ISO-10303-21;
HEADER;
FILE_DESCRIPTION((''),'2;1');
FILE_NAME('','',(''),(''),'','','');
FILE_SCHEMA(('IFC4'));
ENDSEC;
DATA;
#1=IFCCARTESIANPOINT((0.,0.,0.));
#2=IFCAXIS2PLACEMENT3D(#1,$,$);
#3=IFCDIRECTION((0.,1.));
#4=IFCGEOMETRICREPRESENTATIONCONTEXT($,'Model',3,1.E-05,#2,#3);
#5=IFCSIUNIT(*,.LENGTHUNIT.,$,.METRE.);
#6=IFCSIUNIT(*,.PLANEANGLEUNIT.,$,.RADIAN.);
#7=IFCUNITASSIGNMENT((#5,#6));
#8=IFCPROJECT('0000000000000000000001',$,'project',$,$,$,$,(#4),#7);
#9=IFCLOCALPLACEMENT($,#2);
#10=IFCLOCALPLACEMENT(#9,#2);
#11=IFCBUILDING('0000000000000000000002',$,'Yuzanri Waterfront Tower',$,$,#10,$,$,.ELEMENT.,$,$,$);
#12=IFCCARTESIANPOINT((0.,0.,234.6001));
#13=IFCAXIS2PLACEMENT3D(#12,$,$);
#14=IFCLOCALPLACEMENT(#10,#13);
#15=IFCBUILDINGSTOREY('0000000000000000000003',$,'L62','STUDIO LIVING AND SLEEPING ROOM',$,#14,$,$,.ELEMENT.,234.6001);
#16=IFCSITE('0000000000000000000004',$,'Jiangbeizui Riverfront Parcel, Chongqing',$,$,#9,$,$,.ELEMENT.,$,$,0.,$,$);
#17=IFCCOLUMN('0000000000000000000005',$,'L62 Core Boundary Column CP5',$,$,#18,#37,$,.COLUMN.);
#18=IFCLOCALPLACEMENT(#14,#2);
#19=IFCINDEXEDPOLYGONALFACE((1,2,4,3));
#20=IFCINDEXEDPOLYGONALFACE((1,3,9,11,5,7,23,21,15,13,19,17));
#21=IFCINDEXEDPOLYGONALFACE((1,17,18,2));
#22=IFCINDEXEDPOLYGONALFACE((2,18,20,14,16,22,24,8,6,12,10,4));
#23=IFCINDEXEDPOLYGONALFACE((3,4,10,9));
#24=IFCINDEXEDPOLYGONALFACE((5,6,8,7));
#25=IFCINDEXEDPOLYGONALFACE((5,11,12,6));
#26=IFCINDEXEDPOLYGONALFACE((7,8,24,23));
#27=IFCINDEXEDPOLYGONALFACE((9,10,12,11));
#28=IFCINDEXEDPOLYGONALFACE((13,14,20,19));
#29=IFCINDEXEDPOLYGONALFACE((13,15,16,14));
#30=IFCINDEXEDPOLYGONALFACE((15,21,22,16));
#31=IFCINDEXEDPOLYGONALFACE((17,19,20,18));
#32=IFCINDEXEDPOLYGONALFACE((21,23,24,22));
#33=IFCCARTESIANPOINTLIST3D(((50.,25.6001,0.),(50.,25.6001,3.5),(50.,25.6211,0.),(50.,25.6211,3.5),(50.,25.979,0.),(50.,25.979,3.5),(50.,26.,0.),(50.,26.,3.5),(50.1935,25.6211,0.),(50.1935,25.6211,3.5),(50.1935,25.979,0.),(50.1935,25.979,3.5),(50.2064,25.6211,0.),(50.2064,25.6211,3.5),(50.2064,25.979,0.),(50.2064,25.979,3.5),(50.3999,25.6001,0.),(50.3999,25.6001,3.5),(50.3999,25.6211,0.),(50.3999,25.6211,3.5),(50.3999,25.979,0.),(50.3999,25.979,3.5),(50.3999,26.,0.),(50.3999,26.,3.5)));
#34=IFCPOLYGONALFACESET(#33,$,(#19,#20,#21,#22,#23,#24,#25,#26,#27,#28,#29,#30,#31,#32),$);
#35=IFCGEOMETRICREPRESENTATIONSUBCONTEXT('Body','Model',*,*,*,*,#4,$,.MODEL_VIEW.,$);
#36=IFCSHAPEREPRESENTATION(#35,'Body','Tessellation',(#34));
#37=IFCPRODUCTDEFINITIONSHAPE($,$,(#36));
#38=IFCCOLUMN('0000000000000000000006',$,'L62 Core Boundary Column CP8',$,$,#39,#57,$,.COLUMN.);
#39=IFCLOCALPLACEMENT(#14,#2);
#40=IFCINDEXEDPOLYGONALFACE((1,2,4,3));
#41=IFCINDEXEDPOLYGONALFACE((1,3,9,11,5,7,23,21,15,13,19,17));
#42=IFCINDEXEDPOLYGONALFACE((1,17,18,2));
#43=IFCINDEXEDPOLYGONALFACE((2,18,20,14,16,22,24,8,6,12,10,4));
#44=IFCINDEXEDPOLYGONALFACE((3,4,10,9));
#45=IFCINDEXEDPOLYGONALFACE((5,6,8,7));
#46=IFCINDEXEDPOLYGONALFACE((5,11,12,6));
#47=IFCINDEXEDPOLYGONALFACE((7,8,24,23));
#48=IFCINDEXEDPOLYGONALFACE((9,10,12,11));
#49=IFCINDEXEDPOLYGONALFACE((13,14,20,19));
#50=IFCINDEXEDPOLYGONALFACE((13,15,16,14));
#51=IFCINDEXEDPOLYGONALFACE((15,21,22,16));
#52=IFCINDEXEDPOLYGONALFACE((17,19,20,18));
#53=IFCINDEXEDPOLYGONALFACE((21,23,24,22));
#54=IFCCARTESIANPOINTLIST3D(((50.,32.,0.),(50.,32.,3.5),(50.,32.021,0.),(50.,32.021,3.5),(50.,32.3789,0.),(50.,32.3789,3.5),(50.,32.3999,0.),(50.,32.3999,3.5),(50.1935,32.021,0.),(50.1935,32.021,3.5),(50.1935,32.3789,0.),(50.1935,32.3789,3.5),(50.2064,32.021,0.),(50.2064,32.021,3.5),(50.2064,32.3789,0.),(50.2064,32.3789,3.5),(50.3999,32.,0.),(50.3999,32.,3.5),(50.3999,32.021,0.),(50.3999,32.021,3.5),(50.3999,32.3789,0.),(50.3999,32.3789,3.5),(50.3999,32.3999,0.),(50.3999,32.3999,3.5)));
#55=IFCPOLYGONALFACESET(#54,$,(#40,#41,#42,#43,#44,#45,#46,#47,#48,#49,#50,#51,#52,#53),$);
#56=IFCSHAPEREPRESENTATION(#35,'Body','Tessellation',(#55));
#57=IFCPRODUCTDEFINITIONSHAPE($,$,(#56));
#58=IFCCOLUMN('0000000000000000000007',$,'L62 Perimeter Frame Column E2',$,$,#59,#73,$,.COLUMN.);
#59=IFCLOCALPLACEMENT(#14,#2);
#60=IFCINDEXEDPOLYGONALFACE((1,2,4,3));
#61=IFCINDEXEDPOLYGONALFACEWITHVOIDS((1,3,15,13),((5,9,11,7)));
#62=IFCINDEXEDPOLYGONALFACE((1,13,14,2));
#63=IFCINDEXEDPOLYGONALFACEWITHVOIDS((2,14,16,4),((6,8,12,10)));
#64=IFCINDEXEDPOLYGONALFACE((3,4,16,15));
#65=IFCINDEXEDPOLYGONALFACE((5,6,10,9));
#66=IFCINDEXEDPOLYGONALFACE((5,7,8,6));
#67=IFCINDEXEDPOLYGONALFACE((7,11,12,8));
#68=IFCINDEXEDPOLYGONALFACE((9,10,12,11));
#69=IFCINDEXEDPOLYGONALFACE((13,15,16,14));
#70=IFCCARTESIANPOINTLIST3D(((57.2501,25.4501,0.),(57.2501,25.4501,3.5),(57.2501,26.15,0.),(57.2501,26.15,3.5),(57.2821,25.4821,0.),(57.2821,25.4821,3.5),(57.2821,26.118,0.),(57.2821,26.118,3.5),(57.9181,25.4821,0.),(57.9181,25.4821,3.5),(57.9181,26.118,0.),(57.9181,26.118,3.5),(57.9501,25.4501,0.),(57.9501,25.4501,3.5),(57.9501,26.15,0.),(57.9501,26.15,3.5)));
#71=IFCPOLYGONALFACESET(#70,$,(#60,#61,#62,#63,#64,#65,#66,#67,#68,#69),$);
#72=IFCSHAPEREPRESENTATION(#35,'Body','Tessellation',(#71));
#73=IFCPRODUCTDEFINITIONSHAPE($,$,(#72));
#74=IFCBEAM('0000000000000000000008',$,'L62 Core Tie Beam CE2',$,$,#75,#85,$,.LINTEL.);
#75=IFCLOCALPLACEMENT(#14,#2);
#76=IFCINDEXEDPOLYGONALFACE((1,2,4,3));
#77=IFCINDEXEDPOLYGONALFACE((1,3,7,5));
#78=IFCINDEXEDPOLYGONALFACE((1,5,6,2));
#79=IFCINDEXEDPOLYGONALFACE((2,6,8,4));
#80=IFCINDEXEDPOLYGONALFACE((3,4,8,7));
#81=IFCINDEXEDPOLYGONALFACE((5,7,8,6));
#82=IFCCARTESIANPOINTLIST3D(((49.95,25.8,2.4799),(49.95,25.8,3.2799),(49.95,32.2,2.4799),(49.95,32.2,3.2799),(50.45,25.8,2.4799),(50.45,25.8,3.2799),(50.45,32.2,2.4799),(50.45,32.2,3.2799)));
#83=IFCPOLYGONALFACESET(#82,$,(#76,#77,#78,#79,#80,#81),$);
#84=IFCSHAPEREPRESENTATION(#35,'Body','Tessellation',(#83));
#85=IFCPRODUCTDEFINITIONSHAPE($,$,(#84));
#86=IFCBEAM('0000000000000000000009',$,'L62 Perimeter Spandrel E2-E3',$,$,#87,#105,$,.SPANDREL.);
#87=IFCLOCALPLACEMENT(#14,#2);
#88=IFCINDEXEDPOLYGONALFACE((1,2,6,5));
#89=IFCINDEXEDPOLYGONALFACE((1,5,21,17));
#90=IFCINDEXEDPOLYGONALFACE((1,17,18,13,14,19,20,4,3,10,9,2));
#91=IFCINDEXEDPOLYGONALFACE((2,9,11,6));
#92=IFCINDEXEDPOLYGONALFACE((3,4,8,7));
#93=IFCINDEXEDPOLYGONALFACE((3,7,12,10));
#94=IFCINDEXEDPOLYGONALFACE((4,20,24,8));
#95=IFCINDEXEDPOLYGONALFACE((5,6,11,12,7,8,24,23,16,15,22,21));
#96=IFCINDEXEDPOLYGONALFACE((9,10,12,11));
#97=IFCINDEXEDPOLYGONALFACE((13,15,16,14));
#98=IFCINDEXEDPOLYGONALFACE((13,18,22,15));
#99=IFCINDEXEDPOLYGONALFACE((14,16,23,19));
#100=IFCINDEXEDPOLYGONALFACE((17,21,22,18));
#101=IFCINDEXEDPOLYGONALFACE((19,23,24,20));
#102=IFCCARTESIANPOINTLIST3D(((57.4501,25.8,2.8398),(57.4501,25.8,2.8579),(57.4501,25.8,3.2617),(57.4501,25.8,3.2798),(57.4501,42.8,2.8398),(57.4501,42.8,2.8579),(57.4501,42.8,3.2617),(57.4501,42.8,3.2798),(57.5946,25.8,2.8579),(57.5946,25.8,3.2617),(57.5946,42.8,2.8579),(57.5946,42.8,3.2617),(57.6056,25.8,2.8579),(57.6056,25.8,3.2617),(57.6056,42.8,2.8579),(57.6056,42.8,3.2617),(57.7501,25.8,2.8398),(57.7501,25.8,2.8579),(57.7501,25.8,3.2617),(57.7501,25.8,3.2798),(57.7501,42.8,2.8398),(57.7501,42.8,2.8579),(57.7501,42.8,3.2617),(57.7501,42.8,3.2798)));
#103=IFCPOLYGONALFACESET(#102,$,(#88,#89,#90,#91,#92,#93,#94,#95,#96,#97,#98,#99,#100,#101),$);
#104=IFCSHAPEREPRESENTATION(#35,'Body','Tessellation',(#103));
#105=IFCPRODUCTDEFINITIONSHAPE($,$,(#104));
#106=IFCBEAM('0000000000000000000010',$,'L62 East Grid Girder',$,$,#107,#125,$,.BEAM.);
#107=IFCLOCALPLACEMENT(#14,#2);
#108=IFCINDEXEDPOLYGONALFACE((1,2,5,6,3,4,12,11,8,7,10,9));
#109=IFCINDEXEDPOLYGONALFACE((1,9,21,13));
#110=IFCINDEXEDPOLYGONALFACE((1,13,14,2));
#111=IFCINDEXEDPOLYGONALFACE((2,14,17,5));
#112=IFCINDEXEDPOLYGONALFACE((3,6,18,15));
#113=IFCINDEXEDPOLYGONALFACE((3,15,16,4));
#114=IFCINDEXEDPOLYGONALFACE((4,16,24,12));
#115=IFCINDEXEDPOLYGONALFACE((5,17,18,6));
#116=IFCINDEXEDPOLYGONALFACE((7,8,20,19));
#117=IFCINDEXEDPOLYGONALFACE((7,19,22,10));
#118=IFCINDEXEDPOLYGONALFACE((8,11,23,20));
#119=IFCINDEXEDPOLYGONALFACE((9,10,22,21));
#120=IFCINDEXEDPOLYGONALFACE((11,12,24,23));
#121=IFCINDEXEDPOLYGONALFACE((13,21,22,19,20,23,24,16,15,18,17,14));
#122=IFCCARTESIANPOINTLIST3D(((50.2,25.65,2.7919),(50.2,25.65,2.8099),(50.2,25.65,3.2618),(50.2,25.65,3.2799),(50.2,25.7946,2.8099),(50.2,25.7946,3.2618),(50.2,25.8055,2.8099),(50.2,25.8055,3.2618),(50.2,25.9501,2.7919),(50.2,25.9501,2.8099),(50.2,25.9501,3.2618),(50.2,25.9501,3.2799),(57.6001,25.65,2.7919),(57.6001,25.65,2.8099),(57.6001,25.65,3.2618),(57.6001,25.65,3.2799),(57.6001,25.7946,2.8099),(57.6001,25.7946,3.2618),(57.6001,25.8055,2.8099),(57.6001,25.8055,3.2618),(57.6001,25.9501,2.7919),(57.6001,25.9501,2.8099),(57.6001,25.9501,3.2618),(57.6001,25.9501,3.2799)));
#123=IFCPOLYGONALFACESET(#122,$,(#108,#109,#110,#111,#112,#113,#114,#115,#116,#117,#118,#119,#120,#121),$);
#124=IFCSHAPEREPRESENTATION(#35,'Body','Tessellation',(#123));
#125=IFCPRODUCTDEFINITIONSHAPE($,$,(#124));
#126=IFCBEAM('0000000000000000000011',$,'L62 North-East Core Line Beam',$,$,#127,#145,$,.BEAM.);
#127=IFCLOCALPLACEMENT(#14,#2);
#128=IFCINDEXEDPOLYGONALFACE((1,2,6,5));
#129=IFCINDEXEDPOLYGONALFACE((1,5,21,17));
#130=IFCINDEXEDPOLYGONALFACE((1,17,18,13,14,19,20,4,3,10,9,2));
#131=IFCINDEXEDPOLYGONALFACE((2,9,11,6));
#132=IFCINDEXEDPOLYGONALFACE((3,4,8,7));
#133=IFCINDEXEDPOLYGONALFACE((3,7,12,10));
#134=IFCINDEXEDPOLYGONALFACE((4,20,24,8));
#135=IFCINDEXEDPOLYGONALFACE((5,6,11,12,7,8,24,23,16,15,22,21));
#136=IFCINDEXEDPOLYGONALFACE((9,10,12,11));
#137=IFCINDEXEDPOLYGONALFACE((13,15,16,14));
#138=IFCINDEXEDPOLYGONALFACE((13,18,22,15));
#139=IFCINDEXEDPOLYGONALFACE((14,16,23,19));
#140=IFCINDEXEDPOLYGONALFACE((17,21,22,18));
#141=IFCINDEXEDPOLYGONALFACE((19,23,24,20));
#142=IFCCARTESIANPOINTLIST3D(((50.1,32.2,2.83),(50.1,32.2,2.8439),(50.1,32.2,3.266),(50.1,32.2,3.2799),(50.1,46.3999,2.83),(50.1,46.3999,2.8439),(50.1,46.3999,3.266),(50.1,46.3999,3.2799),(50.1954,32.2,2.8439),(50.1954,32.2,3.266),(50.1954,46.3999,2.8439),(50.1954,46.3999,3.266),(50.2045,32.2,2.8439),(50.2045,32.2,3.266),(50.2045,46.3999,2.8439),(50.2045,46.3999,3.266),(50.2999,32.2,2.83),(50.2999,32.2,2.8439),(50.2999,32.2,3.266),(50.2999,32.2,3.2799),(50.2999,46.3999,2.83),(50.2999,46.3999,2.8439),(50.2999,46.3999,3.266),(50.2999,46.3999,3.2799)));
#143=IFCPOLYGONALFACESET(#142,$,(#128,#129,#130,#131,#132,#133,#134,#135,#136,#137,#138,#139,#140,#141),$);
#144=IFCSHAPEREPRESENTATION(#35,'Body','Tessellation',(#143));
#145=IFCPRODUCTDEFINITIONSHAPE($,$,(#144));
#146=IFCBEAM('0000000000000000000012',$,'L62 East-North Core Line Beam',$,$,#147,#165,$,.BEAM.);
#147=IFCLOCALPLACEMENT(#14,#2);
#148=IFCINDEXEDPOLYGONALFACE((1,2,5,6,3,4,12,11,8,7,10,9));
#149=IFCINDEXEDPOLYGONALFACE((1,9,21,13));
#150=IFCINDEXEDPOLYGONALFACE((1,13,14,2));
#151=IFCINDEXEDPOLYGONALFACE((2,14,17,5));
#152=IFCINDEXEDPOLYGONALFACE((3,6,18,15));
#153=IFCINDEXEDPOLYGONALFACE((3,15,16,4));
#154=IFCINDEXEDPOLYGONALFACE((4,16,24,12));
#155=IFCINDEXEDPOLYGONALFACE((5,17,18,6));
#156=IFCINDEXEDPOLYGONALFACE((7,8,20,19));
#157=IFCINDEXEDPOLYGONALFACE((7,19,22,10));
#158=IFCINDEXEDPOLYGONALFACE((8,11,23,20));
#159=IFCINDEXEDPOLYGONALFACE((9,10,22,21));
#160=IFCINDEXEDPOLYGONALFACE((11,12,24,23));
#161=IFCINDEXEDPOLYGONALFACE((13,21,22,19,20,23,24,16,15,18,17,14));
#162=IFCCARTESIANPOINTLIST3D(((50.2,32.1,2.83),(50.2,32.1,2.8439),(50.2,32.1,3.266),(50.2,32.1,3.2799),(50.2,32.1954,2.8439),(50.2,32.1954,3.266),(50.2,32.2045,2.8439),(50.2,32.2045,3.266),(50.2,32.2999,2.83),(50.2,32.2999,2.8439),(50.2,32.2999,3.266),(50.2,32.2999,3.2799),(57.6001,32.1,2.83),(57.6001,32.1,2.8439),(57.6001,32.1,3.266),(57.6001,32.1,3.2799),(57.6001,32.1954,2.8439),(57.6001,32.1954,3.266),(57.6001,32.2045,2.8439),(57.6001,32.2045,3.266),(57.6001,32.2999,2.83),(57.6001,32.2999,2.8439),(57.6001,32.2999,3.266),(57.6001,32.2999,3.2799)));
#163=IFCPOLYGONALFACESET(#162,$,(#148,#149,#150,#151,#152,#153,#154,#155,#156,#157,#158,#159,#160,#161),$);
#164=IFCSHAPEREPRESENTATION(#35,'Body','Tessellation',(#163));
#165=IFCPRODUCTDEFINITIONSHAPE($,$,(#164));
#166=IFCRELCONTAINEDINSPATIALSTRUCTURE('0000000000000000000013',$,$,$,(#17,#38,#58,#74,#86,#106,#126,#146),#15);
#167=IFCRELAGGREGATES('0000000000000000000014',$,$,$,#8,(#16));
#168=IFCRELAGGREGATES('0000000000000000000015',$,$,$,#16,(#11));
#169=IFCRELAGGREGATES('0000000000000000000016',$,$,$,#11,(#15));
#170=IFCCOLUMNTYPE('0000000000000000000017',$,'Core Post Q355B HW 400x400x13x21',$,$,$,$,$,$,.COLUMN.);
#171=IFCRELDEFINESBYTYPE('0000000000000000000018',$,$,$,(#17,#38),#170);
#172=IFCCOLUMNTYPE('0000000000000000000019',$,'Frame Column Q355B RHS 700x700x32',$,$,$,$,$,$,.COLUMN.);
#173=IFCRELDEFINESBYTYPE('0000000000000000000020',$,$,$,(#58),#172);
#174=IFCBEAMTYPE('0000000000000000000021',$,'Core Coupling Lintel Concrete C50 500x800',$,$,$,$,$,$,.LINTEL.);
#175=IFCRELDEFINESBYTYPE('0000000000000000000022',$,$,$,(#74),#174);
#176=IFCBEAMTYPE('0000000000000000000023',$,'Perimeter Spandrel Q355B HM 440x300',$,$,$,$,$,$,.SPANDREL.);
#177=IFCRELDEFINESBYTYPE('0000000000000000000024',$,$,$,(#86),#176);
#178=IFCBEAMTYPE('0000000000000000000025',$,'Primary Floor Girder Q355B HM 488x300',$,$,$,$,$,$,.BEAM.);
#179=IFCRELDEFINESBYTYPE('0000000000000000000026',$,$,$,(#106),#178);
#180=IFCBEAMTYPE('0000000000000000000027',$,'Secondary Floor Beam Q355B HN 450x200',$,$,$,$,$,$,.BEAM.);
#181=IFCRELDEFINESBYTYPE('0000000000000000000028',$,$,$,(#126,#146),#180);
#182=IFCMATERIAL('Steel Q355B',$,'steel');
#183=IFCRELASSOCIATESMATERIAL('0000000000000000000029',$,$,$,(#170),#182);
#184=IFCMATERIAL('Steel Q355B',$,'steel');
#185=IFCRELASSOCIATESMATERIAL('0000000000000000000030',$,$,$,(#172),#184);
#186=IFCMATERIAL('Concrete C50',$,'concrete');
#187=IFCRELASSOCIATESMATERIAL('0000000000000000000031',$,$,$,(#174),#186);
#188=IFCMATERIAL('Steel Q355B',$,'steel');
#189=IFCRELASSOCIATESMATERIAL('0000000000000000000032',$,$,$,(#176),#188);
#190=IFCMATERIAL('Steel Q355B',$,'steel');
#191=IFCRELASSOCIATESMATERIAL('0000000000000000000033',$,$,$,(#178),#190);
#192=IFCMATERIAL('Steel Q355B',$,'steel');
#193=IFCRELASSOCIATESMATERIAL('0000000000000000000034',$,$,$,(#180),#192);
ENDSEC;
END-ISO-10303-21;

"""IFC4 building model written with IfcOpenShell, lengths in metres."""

from ifc_helpers import new_model, si_unit, direction, frame, origin, origin_2d, place, context, subcontext, project, spatial, rectangle, hollow_rectangle, i_section, extrude, source, transform, mapped, material, material_profile, profile_set, type_object, element, save


model = new_model("IFC4")

# Units and contexts
model_context = context("Model", 3, precision=1e-05, world=origin(), true_north=direction((0.0, 1.0)))
body_context = subcontext(model_context, "Body", "Model", "MODEL_VIEW")
ifc_project = project(units=[si_unit("LENGTHUNIT", "METRE"), si_unit("PLANEANGLEUNIT", "RADIAN")], contexts=[model_context])

# Site, building, storey
site_placement = place(None, origin())
site = spatial("IfcSite", under=ifc_project, at=site_placement, Name="Jiangbeizui Riverfront Parcel, Chongqing", CompositionType="ELEMENT", RefElevation=0.0)
building_placement = place(site_placement, origin())
building = spatial("IfcBuilding", under=site, at=building_placement, Name="Yuzanri Waterfront Tower", CompositionType="ELEMENT")
storey_placement = place(building_placement, frame((0.0, 0.0, 234.6001)))
storey = spatial("IfcBuildingStorey", under=building, at=storey_placement, Name="L62", Description="STUDIO LIVING AND SLEEPING ROOM", CompositionType="ELEMENT", Elevation=234.6001)

# Columns
ifc_material_1 = material(Name="Steel Q355B", Category="steel")
ifc_material_profile_1 = material_profile(ifc_material_1, i_section(OverallWidth=0.3999, OverallDepth=0.3999, WebThickness=0.0129, FlangeThickness=0.021, at=origin_2d()), Name="HW 400x400x13x21")
ifc_profile_set_1 = profile_set([ifc_material_profile_1], Name="Steel Q355B")
column_type_1 = type_object("IfcColumnType", Name="Core Post Q355B HW 400x400x13x21", PredefinedType="COLUMN", material=ifc_profile_set_1)
shared_shape_1 = source(origin(), body_context, "Body", "SweptSolid", [
    extrude(i_section(OverallWidth=0.3999, OverallDepth=0.3999, WebThickness=0.0129, FlangeThickness=0.021, at=origin_2d()), origin(), (0.0, 0.0, 1.0), 3.5),
])
for number, where, z_axis, x_axis, name in (
    (1, (50.2, 25.8, 0.0), (0.0, 0.0, 1.0), (1.0, 0.0, 0.0), "L62 Core Boundary Column CP5"),
    (2, (50.2, 32.2, 0.0), (0.0, 0.0, 1.0), (1.0, 0.0, 0.0), "L62 Core Boundary Column CP8"),
):
    element("IfcColumn", number, at=place(storey_placement, frame(where, z_axis=z_axis, x_axis=x_axis)), inside=storey, type_object=column_type_1, Name=name, PredefinedType="COLUMN", context=body_context, shape_type="MappedRepresentation", body=[
        mapped(shared_shape_1, transform((0.0, 0.0, 0.0), scale=1.0)),
    ])
ifc_material_2 = material(Name="Steel Q355B", Category="steel")
ifc_material_profile_2 = material_profile(ifc_material_2, hollow_rectangle(XDim=0.7, YDim=0.7, WallThickness=0.032, at=origin_2d()), Name="RHS 700x700x32")
ifc_profile_set_2 = profile_set([ifc_material_profile_2], Name="Steel Q355B")
column_type_2 = type_object("IfcColumnType", Name="Frame Column Q355B RHS 700x700x32", PredefinedType="COLUMN", material=ifc_profile_set_2)
shared_shape_2 = source(origin(), body_context, "Body", "SweptSolid", [
    extrude(hollow_rectangle(XDim=0.7, YDim=0.7, WallThickness=0.032, at=origin_2d()), origin(), (0.0, 0.0, 1.0), 3.5),
])
column_placement = place(storey_placement, frame((57.6001, 25.8, 0.0), z_axis=(0.0, 0.0, 1.0), x_axis=(1.0, 0.0, 0.0)))
element("IfcColumn", 3, at=column_placement, inside=storey, type_object=column_type_2, Name="L62 Perimeter Frame Column E2", PredefinedType="COLUMN", context=body_context, shape_type="MappedRepresentation", body=[
    mapped(shared_shape_2, transform((0.0, 0.0, 0.0), scale=1.0)),
])

# Beams
ifc_material_3 = material(Name="Concrete C50", Category="concrete")
ifc_material_profile_3 = material_profile(ifc_material_3, rectangle(XDim=0.5, YDim=0.8, at=origin_2d()), Name="RC 500x800")
ifc_profile_set_3 = profile_set([ifc_material_profile_3], Name="Concrete C50")
beam_type_1 = type_object("IfcBeamType", Name="Core Coupling Lintel Concrete C50 500x800", PredefinedType="LINTEL", material=ifc_profile_set_3)
shared_shape_3 = source(origin(), body_context, "Body", "SweptSolid", [
    extrude(rectangle(XDim=0.5, YDim=0.8, at=origin_2d()), origin(), (0.0, 0.0, 1.0), 6.3999),
])
beam_1_placement = place(storey_placement, frame((50.2, 25.8, 2.8799), z_axis=(0.0, 1.0, 0.0), x_axis=(-1.0, 0.0, 0.0)))
element("IfcBeam", 4, at=beam_1_placement, inside=storey, type_object=beam_type_1, Name="L62 Core Tie Beam CE2", PredefinedType="LINTEL", context=body_context, shape_type="MappedRepresentation", body=[
    mapped(shared_shape_3, transform((0.0, 0.0, 0.0), scale=1.0)),
])
ifc_material_4 = material(Name="Steel Q355B", Category="steel")
ifc_material_profile_4 = material_profile(ifc_material_4, i_section(OverallWidth=0.3, OverallDepth=0.4399, WebThickness=0.011, FlangeThickness=0.0181, at=origin_2d()), Name="HM 440x300x11x18")
ifc_profile_set_4 = profile_set([ifc_material_profile_4], Name="Steel Q355B")
beam_type_2 = type_object("IfcBeamType", Name="Perimeter Spandrel Q355B HM 440x300", PredefinedType="SPANDREL", material=ifc_profile_set_4)
shared_shape_4 = source(origin(), body_context, "Body", "SweptSolid", [
    extrude(i_section(OverallWidth=0.3, OverallDepth=0.4399, WebThickness=0.011, FlangeThickness=0.0181, at=origin_2d()), origin(), (0.0, 0.0, 1.0), 17.0),
])
beam_2_placement = place(storey_placement, frame((57.6001, 25.8, 3.0598), z_axis=(0.0, 1.0, 0.0), x_axis=(-1.0, 0.0, 0.0)))
element("IfcBeam", 5, at=beam_2_placement, inside=storey, type_object=beam_type_2, Name="L62 Perimeter Spandrel E2-E3", PredefinedType="SPANDREL", context=body_context, shape_type="MappedRepresentation", body=[
    mapped(shared_shape_4, transform((0.0, 0.0, 0.0), scale=1.0)),
])
ifc_material_5 = material(Name="Steel Q355B", Category="steel")
ifc_material_profile_5 = material_profile(ifc_material_5, i_section(OverallWidth=0.3, OverallDepth=0.488, WebThickness=0.011, FlangeThickness=0.0181, at=origin_2d()), Name="HM 488x300x11x18")
ifc_profile_set_5 = profile_set([ifc_material_profile_5], Name="Steel Q355B")
beam_type_3 = type_object("IfcBeamType", Name="Primary Floor Girder Q355B HM 488x300", PredefinedType="BEAM", material=ifc_profile_set_5)
shared_shape_5 = source(origin(), body_context, "Body", "SweptSolid", [
    extrude(i_section(OverallWidth=0.3, OverallDepth=0.488, WebThickness=0.011, FlangeThickness=0.0181, at=origin_2d()), origin(), (0.0, 0.0, 1.0), 7.4001),
])
beam_3_placement = place(storey_placement, frame((50.2, 25.8, 3.0359), z_axis=(1.0, 0.0, 0.0), x_axis=(0.0, 1.0, 0.0)))
element("IfcBeam", 6, at=beam_3_placement, inside=storey, type_object=beam_type_3, Name="L62 East Grid Girder", PredefinedType="BEAM", context=body_context, shape_type="MappedRepresentation", body=[
    mapped(shared_shape_5, transform((0.0, 0.0, 0.0), scale=1.0)),
])
ifc_material_6 = material(Name="Steel Q355B", Category="steel")
ifc_material_profile_6 = material_profile(ifc_material_6, i_section(OverallWidth=0.2, OverallDepth=0.45, WebThickness=0.009, FlangeThickness=0.0139, at=origin_2d()), Name="HN 450x200x9x14")
ifc_profile_set_6 = profile_set([ifc_material_profile_6], Name="Steel Q355B")
beam_type_4 = type_object("IfcBeamType", Name="Secondary Floor Beam Q355B HN 450x200", PredefinedType="BEAM", material=ifc_profile_set_6)
shared_shape_6 = source(origin(), body_context, "Body", "SweptSolid", [
    extrude(i_section(OverallWidth=0.2, OverallDepth=0.45, WebThickness=0.009, FlangeThickness=0.0139, at=origin_2d()), origin(), (0.0, 0.0, 1.0), 14.2),
])
beam_4_placement = place(storey_placement, frame((50.2, 32.2, 3.0549), z_axis=(0.0, 1.0, 0.0), x_axis=(-1.0, 0.0, 0.0)))
element("IfcBeam", 7, at=beam_4_placement, inside=storey, type_object=beam_type_4, Name="L62 North-East Core Line Beam", PredefinedType="BEAM", context=body_context, shape_type="MappedRepresentation", body=[
    mapped(shared_shape_6, transform((0.0, 0.0, 0.0), scale=1.0)),
])
shared_shape_7 = source(origin(), body_context, "Body", "SweptSolid", [
    extrude(i_section(OverallWidth=0.2, OverallDepth=0.45, WebThickness=0.009, FlangeThickness=0.0139, at=origin_2d()), origin(), (0.0, 0.0, 1.0), 7.4001),
])
beam_5_placement = place(storey_placement, frame((50.2, 32.2, 3.0549), z_axis=(1.0, 0.0, 0.0), x_axis=(0.0, 1.0, 0.0)))
element("IfcBeam", 8, at=beam_5_placement, inside=storey, type_object=beam_type_4, Name="L62 East-North Core Line Beam", PredefinedType="BEAM", context=body_context, shape_type="MappedRepresentation", body=[
    mapped(shared_shape_7, transform((0.0, 0.0, 0.0), scale=1.0)),
])

save(model, "model.ifc")
